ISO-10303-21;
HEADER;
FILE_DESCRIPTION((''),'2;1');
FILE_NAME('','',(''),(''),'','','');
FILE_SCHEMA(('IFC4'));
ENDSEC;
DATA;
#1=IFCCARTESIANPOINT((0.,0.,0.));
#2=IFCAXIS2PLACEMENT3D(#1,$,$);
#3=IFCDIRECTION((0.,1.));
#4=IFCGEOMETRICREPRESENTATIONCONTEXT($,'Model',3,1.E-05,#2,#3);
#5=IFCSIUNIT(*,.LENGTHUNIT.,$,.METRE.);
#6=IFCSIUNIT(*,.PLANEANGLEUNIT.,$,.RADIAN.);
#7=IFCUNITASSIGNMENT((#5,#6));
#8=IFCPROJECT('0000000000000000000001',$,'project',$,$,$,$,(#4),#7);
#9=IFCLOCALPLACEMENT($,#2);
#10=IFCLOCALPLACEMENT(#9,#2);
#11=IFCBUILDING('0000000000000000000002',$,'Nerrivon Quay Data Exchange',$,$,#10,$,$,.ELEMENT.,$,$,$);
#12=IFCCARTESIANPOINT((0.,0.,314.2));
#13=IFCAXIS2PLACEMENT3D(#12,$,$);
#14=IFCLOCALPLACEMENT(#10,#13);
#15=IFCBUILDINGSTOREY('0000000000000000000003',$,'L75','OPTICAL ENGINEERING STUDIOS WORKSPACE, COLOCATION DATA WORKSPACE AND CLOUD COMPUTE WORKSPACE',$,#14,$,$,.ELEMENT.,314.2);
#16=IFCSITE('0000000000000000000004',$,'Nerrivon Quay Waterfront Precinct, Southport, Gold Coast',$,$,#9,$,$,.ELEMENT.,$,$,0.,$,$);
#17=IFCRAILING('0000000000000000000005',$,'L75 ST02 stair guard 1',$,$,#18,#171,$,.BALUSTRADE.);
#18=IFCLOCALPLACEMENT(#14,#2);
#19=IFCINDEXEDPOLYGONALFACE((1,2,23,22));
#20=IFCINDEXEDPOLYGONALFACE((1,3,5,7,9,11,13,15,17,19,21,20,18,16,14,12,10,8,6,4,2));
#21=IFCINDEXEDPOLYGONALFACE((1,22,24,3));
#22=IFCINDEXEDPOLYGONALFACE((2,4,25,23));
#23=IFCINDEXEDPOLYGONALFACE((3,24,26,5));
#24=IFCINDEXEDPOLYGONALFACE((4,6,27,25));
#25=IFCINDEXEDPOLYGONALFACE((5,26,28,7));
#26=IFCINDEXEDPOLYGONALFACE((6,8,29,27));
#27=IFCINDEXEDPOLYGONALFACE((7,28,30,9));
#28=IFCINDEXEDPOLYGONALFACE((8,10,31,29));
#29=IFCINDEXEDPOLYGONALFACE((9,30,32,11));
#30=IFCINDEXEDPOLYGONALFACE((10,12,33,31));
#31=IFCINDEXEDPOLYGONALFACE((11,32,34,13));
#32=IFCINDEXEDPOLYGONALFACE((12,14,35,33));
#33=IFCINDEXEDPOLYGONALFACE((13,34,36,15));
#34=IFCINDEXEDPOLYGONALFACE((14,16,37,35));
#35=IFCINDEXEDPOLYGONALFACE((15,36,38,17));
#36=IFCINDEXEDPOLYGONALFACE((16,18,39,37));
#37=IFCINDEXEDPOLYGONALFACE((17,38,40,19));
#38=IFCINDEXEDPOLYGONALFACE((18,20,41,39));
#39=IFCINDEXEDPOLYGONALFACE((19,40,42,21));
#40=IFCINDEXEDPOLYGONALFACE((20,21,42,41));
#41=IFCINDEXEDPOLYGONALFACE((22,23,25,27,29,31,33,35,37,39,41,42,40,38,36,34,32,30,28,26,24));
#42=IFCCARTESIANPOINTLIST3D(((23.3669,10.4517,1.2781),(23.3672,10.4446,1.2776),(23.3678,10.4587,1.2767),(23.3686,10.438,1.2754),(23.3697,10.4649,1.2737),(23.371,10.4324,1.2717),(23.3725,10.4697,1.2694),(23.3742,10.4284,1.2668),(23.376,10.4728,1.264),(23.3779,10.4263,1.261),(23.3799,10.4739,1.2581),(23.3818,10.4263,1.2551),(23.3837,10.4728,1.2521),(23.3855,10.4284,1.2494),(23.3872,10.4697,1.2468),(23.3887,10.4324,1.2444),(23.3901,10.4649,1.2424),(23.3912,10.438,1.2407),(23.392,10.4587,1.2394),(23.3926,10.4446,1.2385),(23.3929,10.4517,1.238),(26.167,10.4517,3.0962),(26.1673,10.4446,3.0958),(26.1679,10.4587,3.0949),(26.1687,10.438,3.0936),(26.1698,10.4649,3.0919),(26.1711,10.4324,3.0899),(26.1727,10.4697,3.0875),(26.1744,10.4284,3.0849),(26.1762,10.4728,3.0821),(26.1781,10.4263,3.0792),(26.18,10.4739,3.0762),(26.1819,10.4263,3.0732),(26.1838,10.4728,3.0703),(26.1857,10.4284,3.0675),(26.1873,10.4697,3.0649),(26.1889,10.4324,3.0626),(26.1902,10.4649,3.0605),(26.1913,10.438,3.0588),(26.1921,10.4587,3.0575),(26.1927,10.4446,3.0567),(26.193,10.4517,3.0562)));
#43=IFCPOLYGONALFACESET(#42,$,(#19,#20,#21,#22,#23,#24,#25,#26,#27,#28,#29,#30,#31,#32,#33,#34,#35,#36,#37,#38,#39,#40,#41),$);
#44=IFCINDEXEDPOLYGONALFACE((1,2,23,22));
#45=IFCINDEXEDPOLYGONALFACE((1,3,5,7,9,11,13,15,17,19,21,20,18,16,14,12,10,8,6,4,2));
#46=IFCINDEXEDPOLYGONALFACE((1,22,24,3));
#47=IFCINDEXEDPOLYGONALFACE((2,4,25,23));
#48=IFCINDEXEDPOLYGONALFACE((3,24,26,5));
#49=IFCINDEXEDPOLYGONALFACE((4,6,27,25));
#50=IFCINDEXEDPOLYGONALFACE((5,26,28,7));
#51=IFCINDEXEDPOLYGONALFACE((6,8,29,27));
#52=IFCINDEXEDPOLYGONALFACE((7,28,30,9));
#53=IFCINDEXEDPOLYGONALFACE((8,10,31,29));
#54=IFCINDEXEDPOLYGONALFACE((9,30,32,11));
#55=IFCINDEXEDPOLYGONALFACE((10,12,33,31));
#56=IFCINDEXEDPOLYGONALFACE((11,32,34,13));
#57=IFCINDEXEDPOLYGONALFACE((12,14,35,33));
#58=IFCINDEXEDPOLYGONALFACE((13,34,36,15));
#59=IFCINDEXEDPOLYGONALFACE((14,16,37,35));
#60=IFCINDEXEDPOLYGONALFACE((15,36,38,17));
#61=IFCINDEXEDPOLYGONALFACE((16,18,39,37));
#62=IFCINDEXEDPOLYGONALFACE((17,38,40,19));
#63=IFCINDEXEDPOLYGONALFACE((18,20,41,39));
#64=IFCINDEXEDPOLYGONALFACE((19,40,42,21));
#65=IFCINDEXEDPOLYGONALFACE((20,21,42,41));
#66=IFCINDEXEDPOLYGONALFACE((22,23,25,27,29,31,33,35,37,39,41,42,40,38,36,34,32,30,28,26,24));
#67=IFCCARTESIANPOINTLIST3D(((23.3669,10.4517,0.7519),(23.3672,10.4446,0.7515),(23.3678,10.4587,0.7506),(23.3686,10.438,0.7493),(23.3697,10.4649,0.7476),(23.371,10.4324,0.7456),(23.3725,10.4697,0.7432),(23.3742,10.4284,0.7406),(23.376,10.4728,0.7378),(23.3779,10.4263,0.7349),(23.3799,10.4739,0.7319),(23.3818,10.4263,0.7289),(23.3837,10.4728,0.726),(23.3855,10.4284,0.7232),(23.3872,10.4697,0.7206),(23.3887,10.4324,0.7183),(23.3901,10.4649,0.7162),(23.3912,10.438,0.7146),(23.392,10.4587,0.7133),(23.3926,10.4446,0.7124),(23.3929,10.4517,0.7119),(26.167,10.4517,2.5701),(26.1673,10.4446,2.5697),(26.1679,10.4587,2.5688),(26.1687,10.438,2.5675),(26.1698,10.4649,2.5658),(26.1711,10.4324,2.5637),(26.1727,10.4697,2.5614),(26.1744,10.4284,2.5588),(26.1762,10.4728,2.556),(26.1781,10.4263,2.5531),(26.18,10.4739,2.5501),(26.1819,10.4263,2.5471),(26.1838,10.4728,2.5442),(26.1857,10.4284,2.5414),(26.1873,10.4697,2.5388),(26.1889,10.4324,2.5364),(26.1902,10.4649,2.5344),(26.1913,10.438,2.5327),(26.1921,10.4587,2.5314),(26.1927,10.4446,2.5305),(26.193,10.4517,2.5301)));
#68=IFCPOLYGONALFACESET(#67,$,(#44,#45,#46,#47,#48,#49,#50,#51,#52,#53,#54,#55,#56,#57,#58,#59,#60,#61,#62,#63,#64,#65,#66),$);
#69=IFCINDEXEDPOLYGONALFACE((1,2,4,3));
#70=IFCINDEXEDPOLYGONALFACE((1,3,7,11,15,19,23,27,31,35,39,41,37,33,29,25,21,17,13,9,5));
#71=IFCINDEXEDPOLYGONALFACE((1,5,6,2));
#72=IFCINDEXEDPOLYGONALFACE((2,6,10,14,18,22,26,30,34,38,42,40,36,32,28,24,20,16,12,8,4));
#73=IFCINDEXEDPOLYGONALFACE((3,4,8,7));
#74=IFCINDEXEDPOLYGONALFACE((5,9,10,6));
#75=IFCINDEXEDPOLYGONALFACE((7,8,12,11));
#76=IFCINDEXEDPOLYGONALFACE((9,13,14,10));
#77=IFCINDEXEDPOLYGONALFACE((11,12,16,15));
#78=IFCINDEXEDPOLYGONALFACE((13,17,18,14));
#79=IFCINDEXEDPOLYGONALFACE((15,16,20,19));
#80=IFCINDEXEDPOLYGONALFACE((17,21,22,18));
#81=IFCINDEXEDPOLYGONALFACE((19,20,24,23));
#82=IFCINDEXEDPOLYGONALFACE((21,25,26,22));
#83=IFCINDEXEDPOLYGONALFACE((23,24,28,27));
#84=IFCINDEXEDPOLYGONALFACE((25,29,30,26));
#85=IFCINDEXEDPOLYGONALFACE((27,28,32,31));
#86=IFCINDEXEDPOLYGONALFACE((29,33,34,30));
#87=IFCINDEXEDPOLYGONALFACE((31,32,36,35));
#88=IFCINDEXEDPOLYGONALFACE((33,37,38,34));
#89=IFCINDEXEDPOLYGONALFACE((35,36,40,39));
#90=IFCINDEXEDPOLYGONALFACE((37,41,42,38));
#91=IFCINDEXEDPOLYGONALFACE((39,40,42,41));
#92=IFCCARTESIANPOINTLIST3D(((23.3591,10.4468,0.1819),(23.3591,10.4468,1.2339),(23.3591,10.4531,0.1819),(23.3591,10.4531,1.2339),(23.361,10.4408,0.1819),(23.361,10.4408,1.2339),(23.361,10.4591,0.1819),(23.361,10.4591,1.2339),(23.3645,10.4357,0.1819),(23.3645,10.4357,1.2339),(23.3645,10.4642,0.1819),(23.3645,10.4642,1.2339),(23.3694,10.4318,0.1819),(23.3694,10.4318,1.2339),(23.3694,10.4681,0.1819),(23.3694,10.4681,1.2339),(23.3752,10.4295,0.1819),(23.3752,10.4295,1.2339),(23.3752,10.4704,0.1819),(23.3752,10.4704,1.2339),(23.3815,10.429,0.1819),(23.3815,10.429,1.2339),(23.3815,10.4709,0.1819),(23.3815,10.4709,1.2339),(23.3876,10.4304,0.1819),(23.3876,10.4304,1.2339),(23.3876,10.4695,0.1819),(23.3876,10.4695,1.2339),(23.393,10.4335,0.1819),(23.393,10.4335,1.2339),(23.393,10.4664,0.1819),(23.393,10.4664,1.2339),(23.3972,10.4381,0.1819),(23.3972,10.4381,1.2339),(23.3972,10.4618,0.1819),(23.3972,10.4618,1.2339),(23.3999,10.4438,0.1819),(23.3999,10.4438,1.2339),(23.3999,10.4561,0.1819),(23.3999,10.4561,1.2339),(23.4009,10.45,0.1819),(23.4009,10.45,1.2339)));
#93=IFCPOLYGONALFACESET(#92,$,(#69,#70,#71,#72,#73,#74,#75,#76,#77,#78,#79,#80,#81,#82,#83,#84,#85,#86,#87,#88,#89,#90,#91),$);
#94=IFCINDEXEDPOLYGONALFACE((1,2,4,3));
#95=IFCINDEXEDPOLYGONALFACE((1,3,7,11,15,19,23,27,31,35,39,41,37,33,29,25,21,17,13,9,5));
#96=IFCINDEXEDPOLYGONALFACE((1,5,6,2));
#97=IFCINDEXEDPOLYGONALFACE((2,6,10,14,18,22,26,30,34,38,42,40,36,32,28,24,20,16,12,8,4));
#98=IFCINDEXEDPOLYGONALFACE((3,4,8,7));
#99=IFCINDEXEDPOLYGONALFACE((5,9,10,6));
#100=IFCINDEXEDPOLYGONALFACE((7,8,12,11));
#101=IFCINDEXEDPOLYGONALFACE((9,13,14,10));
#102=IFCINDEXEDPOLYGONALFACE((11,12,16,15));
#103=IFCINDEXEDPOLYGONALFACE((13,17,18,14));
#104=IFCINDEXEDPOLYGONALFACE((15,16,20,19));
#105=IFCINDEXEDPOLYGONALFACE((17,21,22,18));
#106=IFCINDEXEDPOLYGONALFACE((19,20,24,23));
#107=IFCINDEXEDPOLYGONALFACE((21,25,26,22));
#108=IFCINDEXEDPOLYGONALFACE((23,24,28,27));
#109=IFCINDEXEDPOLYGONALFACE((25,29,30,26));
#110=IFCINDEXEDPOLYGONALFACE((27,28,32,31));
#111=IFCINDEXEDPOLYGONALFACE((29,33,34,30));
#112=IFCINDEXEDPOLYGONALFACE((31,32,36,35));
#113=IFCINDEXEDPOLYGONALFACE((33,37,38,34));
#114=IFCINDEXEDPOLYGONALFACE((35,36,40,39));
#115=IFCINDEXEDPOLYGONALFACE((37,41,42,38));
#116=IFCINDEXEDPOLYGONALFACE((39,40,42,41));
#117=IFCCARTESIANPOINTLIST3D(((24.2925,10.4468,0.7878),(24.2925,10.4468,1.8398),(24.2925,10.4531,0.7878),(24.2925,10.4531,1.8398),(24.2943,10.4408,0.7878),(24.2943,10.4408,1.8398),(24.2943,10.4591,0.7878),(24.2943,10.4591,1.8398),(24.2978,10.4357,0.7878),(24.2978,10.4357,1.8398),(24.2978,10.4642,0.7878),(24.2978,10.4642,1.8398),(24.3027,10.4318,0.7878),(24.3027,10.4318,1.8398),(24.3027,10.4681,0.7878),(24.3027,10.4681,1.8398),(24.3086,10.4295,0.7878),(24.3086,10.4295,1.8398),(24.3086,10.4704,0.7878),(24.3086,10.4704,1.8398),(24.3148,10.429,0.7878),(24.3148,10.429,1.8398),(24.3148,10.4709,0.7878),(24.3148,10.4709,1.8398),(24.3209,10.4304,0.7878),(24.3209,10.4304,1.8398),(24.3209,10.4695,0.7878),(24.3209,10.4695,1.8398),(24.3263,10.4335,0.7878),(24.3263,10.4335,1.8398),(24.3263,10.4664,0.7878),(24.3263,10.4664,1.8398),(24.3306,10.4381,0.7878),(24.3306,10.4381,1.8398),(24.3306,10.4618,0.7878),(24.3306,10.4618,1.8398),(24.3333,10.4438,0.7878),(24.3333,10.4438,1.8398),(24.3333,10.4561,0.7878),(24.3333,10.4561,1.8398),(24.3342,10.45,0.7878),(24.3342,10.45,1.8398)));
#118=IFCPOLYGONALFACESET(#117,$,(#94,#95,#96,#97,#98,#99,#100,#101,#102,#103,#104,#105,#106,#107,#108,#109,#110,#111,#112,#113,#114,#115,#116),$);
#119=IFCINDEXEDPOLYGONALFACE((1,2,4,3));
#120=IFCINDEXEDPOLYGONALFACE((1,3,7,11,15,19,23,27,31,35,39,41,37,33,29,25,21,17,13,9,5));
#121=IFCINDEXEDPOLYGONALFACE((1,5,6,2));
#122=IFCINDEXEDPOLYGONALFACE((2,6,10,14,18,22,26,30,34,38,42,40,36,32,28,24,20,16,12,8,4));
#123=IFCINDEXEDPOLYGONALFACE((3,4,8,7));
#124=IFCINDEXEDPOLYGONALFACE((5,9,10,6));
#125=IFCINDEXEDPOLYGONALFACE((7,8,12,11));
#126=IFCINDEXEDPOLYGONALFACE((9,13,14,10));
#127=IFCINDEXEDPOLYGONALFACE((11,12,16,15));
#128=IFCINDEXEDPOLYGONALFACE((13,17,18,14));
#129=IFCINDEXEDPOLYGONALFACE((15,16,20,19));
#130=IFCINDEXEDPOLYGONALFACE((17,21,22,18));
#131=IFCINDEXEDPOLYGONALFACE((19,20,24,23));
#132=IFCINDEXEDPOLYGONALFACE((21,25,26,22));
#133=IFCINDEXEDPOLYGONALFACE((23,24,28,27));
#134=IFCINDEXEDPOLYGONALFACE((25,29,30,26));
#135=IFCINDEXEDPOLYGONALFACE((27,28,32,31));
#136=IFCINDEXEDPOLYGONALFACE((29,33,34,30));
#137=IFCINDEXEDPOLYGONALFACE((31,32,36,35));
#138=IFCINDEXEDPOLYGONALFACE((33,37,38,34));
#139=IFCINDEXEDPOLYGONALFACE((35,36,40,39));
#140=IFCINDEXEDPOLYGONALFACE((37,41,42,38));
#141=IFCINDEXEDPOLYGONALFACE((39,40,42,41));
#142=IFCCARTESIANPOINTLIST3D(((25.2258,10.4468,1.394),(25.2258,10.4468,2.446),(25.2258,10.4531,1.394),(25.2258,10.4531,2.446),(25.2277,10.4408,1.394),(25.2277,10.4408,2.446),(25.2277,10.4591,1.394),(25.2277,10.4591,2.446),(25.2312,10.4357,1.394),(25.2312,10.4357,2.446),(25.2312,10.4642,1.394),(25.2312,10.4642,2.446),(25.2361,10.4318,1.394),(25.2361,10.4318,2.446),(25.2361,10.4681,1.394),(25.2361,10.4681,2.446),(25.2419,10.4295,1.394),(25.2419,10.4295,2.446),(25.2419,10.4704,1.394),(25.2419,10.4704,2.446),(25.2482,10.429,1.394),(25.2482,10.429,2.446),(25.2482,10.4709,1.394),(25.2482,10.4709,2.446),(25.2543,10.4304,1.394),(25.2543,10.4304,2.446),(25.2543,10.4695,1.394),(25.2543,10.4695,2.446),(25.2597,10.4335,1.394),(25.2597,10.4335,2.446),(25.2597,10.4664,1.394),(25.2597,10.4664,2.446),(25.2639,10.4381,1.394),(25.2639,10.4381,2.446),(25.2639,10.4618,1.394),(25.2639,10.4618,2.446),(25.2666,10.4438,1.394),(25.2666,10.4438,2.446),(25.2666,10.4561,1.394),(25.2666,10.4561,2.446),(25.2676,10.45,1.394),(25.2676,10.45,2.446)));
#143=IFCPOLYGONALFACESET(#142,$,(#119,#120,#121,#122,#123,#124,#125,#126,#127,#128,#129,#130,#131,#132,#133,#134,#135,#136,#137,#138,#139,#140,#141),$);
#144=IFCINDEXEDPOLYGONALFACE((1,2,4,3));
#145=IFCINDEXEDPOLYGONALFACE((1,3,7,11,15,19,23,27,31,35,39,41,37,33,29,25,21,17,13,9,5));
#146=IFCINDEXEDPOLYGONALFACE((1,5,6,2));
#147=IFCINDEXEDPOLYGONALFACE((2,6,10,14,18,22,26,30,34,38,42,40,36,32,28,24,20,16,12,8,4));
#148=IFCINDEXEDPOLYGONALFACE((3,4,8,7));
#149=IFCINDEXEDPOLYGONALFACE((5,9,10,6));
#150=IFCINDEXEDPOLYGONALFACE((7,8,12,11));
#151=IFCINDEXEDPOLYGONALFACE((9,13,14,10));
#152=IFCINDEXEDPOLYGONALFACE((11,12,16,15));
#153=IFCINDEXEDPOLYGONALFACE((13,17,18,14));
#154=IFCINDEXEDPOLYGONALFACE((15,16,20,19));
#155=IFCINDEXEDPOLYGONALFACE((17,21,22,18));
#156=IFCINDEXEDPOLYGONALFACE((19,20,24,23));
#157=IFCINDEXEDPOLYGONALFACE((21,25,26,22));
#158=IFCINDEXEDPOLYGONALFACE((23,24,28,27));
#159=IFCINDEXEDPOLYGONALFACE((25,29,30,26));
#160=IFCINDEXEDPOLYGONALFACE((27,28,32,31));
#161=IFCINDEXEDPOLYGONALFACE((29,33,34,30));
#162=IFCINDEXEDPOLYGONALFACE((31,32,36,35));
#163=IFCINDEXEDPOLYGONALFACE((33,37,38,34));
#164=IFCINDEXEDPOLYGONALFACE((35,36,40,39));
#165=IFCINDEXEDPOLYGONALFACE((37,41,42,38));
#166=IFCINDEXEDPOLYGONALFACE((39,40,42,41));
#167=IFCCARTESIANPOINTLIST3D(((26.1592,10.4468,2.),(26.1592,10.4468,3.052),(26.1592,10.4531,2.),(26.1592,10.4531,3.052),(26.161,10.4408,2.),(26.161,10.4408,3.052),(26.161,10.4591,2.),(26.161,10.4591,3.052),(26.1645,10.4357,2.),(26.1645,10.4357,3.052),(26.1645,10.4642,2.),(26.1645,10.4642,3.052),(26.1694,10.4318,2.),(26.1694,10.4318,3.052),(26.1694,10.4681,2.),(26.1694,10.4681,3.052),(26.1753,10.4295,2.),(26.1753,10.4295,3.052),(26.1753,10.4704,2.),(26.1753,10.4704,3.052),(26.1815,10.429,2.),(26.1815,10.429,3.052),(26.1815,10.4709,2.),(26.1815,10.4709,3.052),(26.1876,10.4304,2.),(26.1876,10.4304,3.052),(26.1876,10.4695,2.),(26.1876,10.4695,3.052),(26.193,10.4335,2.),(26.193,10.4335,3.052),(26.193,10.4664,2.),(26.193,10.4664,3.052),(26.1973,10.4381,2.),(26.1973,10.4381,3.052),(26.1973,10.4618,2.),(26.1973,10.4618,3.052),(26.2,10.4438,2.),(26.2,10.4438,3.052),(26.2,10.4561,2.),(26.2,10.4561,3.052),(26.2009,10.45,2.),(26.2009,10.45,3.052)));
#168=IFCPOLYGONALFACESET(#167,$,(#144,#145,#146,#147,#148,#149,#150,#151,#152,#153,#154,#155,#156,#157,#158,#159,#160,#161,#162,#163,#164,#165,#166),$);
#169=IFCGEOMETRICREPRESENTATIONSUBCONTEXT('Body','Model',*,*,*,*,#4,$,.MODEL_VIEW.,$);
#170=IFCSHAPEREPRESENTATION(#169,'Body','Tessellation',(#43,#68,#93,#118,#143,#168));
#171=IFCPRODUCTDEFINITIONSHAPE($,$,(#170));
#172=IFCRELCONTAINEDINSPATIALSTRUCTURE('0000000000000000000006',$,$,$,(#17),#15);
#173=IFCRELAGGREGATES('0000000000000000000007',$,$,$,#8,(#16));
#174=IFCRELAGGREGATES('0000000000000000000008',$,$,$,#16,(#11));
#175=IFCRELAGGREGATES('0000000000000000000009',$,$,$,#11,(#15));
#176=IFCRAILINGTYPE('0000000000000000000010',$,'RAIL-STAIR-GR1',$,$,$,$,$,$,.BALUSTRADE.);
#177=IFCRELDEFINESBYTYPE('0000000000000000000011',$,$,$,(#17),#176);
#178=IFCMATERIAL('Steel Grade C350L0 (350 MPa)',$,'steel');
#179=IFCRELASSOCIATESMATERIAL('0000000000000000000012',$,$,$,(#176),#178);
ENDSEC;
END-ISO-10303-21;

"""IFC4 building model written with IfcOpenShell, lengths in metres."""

from ifc_helpers import new_model, si_unit, direction, frame, origin, origin_2d, place, context, subcontext, project, spatial, circle, extrude, material, type_object, element, save


model = new_model("IFC4")

# Units and contexts
model_context = context("Model", 3, precision=1e-05, world=origin(), true_north=direction((0.0, 1.0)))
body_context = subcontext(model_context, "Body", "Model", "MODEL_VIEW")
ifc_project = project(units=[si_unit("LENGTHUNIT", "METRE"), si_unit("PLANEANGLEUNIT", "RADIAN")], contexts=[model_context])

# Site, building, storey
site_placement = place(None, origin())
site = spatial("IfcSite", under=ifc_project, at=site_placement, Name="Nerrivon Quay Waterfront Precinct, Southport, Gold Coast", CompositionType="ELEMENT", RefElevation=0.0)
building_placement = place(site_placement, origin())
building = spatial("IfcBuilding", under=site, at=building_placement, Name="Nerrivon Quay Data Exchange", CompositionType="ELEMENT")
storey_placement = place(building_placement, frame((0.0, 0.0, 314.2)))
storey = spatial("IfcBuildingStorey", under=building, at=storey_placement, Name="L75", Description="OPTICAL ENGINEERING STUDIOS WORKSPACE, COLOCATION DATA WORKSPACE AND CLOUD COMPUTE WORKSPACE", CompositionType="ELEMENT", Elevation=314.2)

# Railing
ifc_material_1 = material(Name="Steel Grade C350L0 (350 MPa)", Category="steel")
railing_type_1 = type_object("IfcRailingType", Name="RAIL-STAIR-GR1", PredefinedType="BALUSTRADE", material=ifc_material_1)
railing_1_placement = place(storey_placement, frame((23.3799, 10.45, 0.1819)))
element("IfcRailing", 1, at=railing_1_placement, inside=storey, type_object=railing_type_1, Name="L75 ST02 stair guard 1", PredefinedType="BALUSTRADE", context=body_context, shape_type="SweptSolid", body=[
    extrude(circle(Radius=0.0239, at=origin_2d()), frame((0.0, 0.0, 1.0762), z_axis=(0.838706, 0.0, 0.544585), x_axis=(0.0, 1.0, 0.0)), (0.0, 0.0, 1.0), 3.3386),
    extrude(circle(Radius=0.0239, at=origin_2d()), frame((0.0, 0.0, 0.55), z_axis=(0.838706, 0.0, 0.544585), x_axis=(0.0, 1.0, 0.0)), (0.0, 0.0, 1.0), 3.3386),
    extrude(circle(Radius=0.021, at=origin_2d()), origin(), (0.0, 0.0, 1.0), 1.052),
    extrude(circle(Radius=0.021, at=origin_2d()), frame((0.9333, 0.0, 0.606)), (0.0, 0.0, 1.0), 1.052),
    extrude(circle(Radius=0.021, at=origin_2d()), frame((1.8667, 0.0, 1.2122)), (0.0, 0.0, 1.0), 1.052),
    extrude(circle(Radius=0.021, at=origin_2d()), frame((2.8, 0.0, 1.8181)), (0.0, 0.0, 1.0), 1.052),
])

save(model, "model.ifc")
